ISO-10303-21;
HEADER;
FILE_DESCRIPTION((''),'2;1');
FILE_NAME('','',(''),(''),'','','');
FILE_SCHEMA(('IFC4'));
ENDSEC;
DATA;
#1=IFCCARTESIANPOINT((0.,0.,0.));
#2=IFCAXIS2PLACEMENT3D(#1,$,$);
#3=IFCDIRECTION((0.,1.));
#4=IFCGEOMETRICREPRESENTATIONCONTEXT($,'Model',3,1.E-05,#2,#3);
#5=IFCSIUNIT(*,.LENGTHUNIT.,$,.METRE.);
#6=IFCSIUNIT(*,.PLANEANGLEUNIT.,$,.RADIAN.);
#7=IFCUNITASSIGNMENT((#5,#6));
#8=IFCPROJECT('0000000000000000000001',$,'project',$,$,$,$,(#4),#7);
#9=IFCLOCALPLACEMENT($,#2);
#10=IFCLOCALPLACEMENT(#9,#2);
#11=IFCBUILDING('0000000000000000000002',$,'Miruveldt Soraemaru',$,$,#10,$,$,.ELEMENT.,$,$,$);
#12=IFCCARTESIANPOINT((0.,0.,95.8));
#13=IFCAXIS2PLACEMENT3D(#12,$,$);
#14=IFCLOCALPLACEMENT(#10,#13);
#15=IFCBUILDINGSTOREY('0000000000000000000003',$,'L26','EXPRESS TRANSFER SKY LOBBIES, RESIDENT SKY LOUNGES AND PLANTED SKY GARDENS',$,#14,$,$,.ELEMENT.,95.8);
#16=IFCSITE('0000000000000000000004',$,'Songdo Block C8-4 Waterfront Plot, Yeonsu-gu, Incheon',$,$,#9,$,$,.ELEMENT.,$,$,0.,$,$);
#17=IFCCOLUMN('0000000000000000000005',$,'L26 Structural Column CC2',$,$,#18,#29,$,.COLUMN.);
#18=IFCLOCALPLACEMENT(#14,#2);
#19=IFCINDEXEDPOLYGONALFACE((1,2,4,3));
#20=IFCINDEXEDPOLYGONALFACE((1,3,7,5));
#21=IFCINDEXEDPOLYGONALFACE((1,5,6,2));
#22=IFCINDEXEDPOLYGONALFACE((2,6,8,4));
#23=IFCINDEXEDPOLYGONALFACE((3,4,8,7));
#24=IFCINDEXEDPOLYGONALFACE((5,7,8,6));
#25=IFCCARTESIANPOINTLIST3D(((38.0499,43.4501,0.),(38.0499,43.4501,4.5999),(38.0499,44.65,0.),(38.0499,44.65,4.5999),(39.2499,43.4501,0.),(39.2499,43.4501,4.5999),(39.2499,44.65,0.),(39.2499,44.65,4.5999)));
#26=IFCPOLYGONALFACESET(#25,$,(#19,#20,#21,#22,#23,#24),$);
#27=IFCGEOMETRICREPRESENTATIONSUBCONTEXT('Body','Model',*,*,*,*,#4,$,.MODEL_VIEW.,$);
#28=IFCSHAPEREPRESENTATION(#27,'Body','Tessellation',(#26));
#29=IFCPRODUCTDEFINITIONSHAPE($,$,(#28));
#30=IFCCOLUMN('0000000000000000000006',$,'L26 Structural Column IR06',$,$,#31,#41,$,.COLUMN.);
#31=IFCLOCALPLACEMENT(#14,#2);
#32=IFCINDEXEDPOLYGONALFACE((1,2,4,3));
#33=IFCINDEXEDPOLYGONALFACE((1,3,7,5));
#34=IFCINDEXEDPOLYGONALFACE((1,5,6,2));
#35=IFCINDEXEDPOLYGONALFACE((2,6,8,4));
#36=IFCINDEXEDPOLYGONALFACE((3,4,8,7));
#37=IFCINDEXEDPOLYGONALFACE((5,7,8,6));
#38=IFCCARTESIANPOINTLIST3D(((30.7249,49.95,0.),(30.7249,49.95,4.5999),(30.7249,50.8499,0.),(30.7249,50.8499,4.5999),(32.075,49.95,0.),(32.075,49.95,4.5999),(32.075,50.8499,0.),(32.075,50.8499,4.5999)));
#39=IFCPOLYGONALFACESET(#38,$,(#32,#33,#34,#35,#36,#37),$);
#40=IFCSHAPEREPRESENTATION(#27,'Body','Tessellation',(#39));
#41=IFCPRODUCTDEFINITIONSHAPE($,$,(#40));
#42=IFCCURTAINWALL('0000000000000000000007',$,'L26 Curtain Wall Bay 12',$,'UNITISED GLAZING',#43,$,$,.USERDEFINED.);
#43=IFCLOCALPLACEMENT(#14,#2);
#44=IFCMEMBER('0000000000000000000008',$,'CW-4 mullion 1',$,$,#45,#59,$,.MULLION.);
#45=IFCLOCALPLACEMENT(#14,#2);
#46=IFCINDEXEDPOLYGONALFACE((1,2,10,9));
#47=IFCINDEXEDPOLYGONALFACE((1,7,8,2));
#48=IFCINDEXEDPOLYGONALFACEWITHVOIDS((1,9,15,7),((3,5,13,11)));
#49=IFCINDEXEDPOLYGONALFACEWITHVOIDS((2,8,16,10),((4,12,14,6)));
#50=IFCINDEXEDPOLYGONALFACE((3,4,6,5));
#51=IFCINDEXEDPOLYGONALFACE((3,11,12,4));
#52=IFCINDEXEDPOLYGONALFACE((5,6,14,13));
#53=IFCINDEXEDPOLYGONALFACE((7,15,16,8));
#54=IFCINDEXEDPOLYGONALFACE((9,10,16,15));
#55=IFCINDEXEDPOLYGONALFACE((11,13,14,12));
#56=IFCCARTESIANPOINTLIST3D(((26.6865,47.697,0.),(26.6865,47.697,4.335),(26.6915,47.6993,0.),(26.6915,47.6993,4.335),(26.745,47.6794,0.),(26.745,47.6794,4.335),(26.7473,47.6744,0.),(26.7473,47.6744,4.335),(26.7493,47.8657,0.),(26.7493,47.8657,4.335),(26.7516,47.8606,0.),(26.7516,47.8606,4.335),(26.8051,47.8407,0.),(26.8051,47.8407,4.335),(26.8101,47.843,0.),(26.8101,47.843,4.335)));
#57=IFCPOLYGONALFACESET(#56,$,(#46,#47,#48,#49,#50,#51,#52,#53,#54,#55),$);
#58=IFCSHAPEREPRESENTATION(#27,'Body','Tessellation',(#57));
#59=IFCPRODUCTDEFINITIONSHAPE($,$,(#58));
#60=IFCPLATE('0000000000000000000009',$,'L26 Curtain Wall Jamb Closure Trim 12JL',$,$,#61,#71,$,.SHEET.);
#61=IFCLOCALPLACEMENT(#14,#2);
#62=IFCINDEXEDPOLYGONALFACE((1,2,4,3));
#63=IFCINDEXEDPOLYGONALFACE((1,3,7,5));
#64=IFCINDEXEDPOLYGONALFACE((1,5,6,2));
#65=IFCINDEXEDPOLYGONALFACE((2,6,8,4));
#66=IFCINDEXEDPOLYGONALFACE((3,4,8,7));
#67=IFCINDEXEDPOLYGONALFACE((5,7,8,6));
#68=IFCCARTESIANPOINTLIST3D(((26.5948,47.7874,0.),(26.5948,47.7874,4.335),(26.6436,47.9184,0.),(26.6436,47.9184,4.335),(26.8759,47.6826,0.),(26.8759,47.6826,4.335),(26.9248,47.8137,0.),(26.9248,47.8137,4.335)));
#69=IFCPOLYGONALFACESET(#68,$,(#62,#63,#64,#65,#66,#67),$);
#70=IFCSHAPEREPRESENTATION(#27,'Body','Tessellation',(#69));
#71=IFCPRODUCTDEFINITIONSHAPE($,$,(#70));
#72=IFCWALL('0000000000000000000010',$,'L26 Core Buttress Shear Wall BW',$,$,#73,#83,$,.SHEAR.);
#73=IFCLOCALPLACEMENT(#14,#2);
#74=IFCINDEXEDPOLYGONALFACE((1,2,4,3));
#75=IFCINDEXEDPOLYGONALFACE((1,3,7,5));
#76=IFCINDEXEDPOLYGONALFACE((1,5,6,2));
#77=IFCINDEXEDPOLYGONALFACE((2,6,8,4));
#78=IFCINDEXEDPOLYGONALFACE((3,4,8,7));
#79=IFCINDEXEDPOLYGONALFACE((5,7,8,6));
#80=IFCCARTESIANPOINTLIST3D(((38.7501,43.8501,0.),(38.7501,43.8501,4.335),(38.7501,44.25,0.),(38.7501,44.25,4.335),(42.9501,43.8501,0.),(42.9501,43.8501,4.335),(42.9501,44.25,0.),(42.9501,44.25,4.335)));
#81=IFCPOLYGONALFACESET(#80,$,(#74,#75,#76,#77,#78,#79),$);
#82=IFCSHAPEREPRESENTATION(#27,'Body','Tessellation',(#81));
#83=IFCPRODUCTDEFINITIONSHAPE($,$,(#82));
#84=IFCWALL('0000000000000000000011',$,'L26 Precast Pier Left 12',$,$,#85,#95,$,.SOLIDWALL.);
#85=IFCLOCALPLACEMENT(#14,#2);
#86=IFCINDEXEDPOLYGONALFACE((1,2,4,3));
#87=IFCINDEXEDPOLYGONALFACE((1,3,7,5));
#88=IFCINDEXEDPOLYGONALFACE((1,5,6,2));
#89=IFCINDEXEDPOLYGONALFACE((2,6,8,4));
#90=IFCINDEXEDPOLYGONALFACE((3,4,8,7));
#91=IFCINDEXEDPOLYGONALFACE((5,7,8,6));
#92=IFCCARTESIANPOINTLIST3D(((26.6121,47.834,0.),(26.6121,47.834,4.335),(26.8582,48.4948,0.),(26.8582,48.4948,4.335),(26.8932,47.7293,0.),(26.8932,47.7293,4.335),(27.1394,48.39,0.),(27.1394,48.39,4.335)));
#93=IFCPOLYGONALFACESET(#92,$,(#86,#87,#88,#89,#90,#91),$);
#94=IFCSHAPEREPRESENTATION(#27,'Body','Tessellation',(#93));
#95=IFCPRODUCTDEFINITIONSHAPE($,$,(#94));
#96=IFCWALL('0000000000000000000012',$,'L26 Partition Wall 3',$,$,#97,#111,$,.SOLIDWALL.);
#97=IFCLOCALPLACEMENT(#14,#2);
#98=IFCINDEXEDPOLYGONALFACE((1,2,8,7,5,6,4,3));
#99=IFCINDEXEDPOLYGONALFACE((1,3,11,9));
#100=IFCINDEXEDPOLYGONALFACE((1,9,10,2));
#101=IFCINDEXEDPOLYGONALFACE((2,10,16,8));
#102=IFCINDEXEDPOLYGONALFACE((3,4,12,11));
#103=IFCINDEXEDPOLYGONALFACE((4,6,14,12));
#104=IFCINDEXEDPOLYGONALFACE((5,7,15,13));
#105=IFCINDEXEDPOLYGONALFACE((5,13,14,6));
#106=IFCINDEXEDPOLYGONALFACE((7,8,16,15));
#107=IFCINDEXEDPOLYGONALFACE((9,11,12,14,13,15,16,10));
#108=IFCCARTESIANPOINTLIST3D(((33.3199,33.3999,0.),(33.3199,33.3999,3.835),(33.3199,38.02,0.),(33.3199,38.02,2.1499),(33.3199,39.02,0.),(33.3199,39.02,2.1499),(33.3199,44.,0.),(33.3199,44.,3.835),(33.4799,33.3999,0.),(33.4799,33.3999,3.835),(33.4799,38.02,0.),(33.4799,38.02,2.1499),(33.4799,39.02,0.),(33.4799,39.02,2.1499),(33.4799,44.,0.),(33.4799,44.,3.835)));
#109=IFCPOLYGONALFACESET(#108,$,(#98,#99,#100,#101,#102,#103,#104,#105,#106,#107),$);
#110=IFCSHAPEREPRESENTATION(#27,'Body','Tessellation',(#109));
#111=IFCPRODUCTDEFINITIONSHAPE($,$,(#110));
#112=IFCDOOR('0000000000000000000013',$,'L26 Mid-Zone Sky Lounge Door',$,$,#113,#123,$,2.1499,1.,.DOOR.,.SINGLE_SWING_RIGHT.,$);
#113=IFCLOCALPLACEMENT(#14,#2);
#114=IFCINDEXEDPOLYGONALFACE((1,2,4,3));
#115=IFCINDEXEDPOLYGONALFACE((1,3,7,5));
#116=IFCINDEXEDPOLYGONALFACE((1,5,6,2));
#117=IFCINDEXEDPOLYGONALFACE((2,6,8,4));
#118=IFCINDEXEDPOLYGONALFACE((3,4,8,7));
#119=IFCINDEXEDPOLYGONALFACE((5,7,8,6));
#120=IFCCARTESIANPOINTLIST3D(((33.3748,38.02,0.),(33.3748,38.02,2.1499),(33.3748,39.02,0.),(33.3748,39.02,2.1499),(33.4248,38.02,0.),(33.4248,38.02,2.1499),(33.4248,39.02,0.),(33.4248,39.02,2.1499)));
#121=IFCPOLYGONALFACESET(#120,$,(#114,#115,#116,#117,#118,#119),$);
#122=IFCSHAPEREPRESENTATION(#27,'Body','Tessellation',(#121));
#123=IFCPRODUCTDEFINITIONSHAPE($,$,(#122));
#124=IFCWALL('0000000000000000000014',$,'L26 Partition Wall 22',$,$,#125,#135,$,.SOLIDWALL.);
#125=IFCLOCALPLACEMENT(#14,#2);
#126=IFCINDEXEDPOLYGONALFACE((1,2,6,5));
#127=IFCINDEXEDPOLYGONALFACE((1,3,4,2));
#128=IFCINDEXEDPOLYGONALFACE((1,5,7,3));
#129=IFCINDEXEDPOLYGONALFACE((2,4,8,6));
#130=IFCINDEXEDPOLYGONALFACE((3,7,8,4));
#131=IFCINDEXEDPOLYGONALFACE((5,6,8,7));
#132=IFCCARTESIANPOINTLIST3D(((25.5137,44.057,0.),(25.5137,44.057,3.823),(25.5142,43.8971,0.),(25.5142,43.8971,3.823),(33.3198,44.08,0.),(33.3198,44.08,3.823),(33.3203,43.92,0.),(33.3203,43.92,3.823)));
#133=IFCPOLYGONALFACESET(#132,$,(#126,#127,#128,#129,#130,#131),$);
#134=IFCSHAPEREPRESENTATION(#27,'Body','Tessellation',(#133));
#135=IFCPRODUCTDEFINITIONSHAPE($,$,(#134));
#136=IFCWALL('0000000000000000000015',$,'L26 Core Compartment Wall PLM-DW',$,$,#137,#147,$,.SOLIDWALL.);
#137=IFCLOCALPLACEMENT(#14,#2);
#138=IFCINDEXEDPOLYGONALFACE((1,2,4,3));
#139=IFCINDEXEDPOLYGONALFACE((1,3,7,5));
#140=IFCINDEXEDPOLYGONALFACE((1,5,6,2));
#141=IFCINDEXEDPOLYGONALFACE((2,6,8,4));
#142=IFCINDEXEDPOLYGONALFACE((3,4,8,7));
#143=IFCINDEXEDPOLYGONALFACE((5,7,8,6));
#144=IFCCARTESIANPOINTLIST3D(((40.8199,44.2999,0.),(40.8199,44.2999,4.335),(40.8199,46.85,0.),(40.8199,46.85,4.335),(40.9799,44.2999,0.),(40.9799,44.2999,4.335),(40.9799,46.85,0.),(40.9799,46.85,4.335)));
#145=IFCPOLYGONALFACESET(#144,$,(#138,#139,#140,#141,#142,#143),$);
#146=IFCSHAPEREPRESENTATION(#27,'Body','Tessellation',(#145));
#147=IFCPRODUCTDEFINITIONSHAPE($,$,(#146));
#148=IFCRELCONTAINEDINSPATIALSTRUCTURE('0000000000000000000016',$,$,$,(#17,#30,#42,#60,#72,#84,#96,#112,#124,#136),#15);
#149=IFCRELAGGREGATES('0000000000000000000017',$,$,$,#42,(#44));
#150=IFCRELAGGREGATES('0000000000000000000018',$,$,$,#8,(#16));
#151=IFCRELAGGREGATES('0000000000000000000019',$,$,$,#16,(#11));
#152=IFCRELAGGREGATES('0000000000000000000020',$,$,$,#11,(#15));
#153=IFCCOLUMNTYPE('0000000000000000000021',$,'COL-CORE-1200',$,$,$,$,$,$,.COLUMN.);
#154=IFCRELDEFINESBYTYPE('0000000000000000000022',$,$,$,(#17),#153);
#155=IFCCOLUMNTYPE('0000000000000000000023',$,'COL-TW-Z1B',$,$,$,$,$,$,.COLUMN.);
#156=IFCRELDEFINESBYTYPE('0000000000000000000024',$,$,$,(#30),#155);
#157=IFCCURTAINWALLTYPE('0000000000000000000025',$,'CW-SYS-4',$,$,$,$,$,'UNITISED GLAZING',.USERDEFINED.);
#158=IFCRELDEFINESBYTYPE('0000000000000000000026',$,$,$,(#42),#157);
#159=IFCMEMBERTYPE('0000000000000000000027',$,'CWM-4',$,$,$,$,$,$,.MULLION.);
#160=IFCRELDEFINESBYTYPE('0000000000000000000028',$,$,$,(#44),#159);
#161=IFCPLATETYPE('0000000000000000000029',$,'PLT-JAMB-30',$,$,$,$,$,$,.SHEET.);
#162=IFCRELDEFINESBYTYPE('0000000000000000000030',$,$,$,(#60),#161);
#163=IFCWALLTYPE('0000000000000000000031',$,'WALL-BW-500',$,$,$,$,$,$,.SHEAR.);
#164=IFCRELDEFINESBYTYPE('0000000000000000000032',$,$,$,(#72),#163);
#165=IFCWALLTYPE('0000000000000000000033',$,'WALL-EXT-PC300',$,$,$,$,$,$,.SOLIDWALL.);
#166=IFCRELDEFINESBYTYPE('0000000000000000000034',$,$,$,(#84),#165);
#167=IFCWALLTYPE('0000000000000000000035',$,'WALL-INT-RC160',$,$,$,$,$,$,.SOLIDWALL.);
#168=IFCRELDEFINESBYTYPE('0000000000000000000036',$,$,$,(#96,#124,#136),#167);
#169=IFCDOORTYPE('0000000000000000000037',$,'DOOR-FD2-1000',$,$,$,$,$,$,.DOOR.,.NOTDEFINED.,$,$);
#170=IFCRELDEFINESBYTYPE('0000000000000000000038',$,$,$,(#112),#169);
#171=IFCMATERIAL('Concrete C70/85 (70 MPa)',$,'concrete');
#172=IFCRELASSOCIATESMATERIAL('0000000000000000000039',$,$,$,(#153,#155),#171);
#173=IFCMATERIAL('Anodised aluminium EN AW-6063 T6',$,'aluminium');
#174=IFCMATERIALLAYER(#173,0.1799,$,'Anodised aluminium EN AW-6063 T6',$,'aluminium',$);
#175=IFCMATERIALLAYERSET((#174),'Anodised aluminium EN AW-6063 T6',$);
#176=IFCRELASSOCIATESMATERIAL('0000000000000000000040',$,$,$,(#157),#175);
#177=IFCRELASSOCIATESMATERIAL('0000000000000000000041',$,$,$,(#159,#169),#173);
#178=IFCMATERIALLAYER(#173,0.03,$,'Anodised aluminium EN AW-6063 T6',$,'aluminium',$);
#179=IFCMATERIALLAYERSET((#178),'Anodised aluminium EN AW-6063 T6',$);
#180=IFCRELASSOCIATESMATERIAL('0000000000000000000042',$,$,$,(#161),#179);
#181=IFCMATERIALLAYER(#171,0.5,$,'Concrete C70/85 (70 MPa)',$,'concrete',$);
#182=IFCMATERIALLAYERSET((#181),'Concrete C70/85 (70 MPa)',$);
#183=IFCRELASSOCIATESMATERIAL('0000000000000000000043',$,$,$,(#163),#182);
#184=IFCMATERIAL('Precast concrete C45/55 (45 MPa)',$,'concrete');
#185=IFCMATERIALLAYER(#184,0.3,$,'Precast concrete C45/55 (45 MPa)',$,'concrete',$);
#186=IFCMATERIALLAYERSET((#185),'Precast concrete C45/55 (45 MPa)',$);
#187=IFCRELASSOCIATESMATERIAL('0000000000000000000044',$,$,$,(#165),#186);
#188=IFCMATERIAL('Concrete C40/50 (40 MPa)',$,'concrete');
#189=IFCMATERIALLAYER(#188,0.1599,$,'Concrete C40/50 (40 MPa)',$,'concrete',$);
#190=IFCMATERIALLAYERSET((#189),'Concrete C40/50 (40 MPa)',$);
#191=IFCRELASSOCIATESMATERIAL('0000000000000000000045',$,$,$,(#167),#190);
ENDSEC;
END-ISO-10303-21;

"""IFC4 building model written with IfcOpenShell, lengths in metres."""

from ifc_helpers import new_model, si_unit, direction, frame, frame_2d, origin, origin_2d, place, context, subcontext, project, spatial, rectangle, hollow_rectangle, extrude, material, layer, layer_set, material_profile, profile_set, type_object, element, fill, aggregate, save


model = new_model("IFC4")

# Units and contexts
model_context = context("Model", 3, precision=1e-05, world=origin(), true_north=direction((0.0, 1.0)))
body_context = subcontext(model_context, "Body", "Model", "MODEL_VIEW")
ifc_project = project(units=[si_unit("LENGTHUNIT", "METRE"), si_unit("PLANEANGLEUNIT", "RADIAN")], contexts=[model_context])

# Site, building, storey
site_placement = place(None, origin())
site = spatial("IfcSite", under=ifc_project, at=site_placement, Name="Songdo Block C8-4 Waterfront Plot, Yeonsu-gu, Incheon", CompositionType="ELEMENT", RefElevation=0.0)
building_placement = place(site_placement, origin())
building = spatial("IfcBuilding", under=site, at=building_placement, Name="Miruveldt Soraemaru", CompositionType="ELEMENT")
storey_placement = place(building_placement, frame((0.0, 0.0, 95.8)))
storey = spatial("IfcBuildingStorey", under=building, at=storey_placement, Name="L26", Description="EXPRESS TRANSFER SKY LOBBIES, RESIDENT SKY LOUNGES AND PLANTED SKY GARDENS", CompositionType="ELEMENT", Elevation=95.8)

# Columns
ifc_material_1 = material(Name="Concrete C70/85 (70 MPa)", Category="concrete")
ifc_material_profile_1 = material_profile(ifc_material_1, rectangle(XDim=1.2, YDim=1.2, at=origin_2d()), Name="Concrete C70/85 (70 MPa)", Category="concrete")
ifc_profile_set_1 = profile_set([ifc_material_profile_1], Name="Concrete C70/85 (70 MPa)")
column_type_1 = type_object("IfcColumnType", Name="COL-CORE-1200", PredefinedType="COLUMN", material=ifc_profile_set_1)
column_1_placement = place(storey_placement, frame((38.6499, 44.05, 0.0), z_axis=(0.0, 0.0, 1.0), x_axis=(1.0, 0.0, 0.0)))
element("IfcColumn", 1, at=column_1_placement, inside=storey, type_object=column_type_1, Name="L26 Structural Column CC2", PredefinedType="COLUMN", context=body_context, shape_type="SweptSolid", body=[
    extrude(rectangle(XDim=1.2, YDim=1.2, at=origin_2d()), origin(), (0.0, 0.0, 1.0), 4.5999),
])
ifc_material_profile_2 = material_profile(ifc_material_1, rectangle(XDim=1.3501, YDim=0.8999, at=origin_2d()), Name="Concrete C70/85 (70 MPa)", Category="concrete")
ifc_profile_set_2 = profile_set([ifc_material_profile_2], Name="Concrete C70/85 (70 MPa)")
column_type_2 = type_object("IfcColumnType", Name="COL-TW-Z1B", PredefinedType="COLUMN", material=ifc_profile_set_2)
column_2_placement = place(storey_placement, frame((31.3999, 50.3999, 0.0), z_axis=(0.0, 0.0, 1.0), x_axis=(1.0, 0.0, 0.0)))
element("IfcColumn", 2, at=column_2_placement, inside=storey, type_object=column_type_2, Name="L26 Structural Column IR06", PredefinedType="COLUMN", context=body_context, shape_type="SweptSolid", body=[
    extrude(rectangle(XDim=1.3501, YDim=0.8999, at=origin_2d()), origin(), (0.0, 0.0, 1.0), 4.5999),
])

# Curtain wall, member
ifc_material_2 = material(Name="Anodised aluminium EN AW-6063 T6", Category="aluminium")
ifc_layer_1 = layer(ifc_material_2, 0.1799, Name="Anodised aluminium EN AW-6063 T6", Category="aluminium")
ifc_layer_set_1 = layer_set([ifc_layer_1], Name="Anodised aluminium EN AW-6063 T6")
curtain_wall_type = type_object("IfcCurtainWallType", Name="CW-SYS-4", ElementType="UNITISED GLAZING", PredefinedType="USERDEFINED", material=ifc_layer_set_1)
curtain_wall_placement = place(storey_placement, origin())
curtain_wall = element("IfcCurtainWall", 3, at=curtain_wall_placement, inside=storey, type_object=curtain_wall_type, Name="L26 Curtain Wall Bay 12", ObjectType="UNITISED GLAZING", PredefinedType="USERDEFINED")
ifc_material_profile_3 = material_profile(ifc_material_2, hollow_rectangle(XDim=0.0649, YDim=0.1799, WallThickness=0.0039, at=origin_2d()), Name="Anodised aluminium EN AW-6063 T6", Category="aluminium")
ifc_profile_set_3 = profile_set([ifc_material_profile_3], Name="Anodised aluminium EN AW-6063 T6")
member_type = type_object("IfcMemberType", Name="CWM-4", PredefinedType="MULLION", material=ifc_profile_set_3)
member_placement = place(storey_placement, frame((26.7483, 47.77, 0.0), z_axis=(0.0, 0.0, 1.0), x_axis=(0.937119, -0.349011, 0.0)))
member = element("IfcMember", 4, at=member_placement, type_object=member_type, Name="CW-4 mullion 1", PredefinedType="MULLION", context=body_context, shape_type="SweptSolid", body=[
    extrude(hollow_rectangle(XDim=0.0649, YDim=0.1799, WallThickness=0.0039, at=origin_2d()), origin(), (0.0, 0.0, 1.0), 4.335),
])
aggregate(curtain_wall, [member])

# Plate
ifc_layer_2 = layer(ifc_material_2, 0.03, Name="Anodised aluminium EN AW-6063 T6", Category="aluminium")
ifc_layer_set_2 = layer_set([ifc_layer_2], Name="Anodised aluminium EN AW-6063 T6")
plate_type = type_object("IfcPlateType", Name="PLT-JAMB-30", PredefinedType="SHEET", material=ifc_layer_set_2)
plate_placement = place(storey_placement, frame((26.7598, 47.8005, 0.0), z_axis=(0.0, 0.0, 1.0), x_axis=(-0.34903, -0.937112, 0.0)))
element("IfcPlate", 5, at=plate_placement, inside=storey, type_object=plate_type, Name="L26 Curtain Wall Jamb Closure Trim 12JL", PredefinedType="SHEET", context=body_context, shape_type="SweptSolid", body=[
    extrude(rectangle(XDim=0.1399, YDim=0.3, at=origin_2d()), origin(), (0.0, 0.0, 1.0), 4.335),
])

# Walls
ifc_layer_3 = layer(ifc_material_1, 0.5, Name="Concrete C70/85 (70 MPa)", Category="concrete")
ifc_layer_set_3 = layer_set([ifc_layer_3], Name="Concrete C70/85 (70 MPa)")
wall_type_1 = type_object("IfcWallType", Name="WALL-BW-500", PredefinedType="SHEAR", material=ifc_layer_set_3)
wall_1_placement = place(storey_placement, frame((38.75, 44.05, 0.0), z_axis=(0.0, 0.0, 1.0), x_axis=(1.0, 0.0, 0.0)))
element("IfcWall", 6, at=wall_1_placement, inside=storey, type_object=wall_type_1, Name="L26 Core Buttress Shear Wall BW", PredefinedType="SHEAR", context=body_context, shape_type="SweptSolid", body=[
    extrude(rectangle(XDim=4.2, YDim=0.3999, at=frame_2d((2.1001, 0.0))), origin(), (0.0, 0.0, 1.0), 4.335),
])
ifc_material_3 = material(Name="Precast concrete C45/55 (45 MPa)", Category="concrete")
ifc_layer_4 = layer(ifc_material_3, 0.3, Name="Precast concrete C45/55 (45 MPa)", Category="concrete")
ifc_layer_set_4 = layer_set([ifc_layer_4], Name="Precast concrete C45/55 (45 MPa)")
wall_type_2 = type_object("IfcWallType", Name="WALL-EXT-PC300", PredefinedType="SOLIDWALL", material=ifc_layer_set_4)
wall_2_placement = place(storey_placement, frame((26.9988, 48.4424, 0.0), z_axis=(0.0, 0.0, 1.0), x_axis=(-0.349073, -0.937095, 0.0)))
element("IfcWall", 7, at=wall_2_placement, inside=storey, type_object=wall_type_2, Name="L26 Precast Pier Left 12", PredefinedType="SOLIDWALL", context=body_context, shape_type="SweptSolid", body=[
    extrude(rectangle(XDim=0.7051, YDim=0.3, at=frame_2d((0.3525, 0.0))), origin(), (0.0, 0.0, 1.0), 4.335),
])

# Wall, opening, door
ifc_material_4 = material(Name="Concrete C40/50 (40 MPa)", Category="concrete")
ifc_layer_5 = layer(ifc_material_4, 0.1599, Name="Concrete C40/50 (40 MPa)", Category="concrete")
ifc_layer_set_5 = layer_set([ifc_layer_5], Name="Concrete C40/50 (40 MPa)")
wall_type_3 = type_object("IfcWallType", Name="WALL-INT-RC160", PredefinedType="SOLIDWALL", material=ifc_layer_set_5)
wall_3_placement = place(storey_placement, frame((33.3999, 44.0, 0.0), z_axis=(0.0, 0.0, 1.0), x_axis=(0.0, -1.0, 0.0)))
wall_3 = element("IfcWall", 8, at=wall_3_placement, inside=storey, type_object=wall_type_3, Name="L26 Partition Wall 3", PredefinedType="SOLIDWALL", context=body_context, shape_type="SweptSolid", body=[
    extrude(rectangle(XDim=10.6001, YDim=0.1599, at=frame_2d((5.3, 0.0))), origin(), (0.0, 0.0, 1.0), 3.835),
])
opening_1_placement = place(wall_3_placement, frame((4.98, 0.0, 0.0)))
opening_1 = element("IfcOpeningElement", 9, at=opening_1_placement, cuts=wall_3, PredefinedType="OPENING", context=body_context, shape_type="SweptSolid", body=[
    extrude(rectangle(XDim=1.0, YDim=2.1499, at=frame_2d((0.5, 1.075))), frame((0.0, 0.0898, 0.0), z_axis=(0.0, -1.0, 0.0), x_axis=(1.0, 0.0, 0.0)), (0.0, 0.0, 1.0), 0.1799),
])
door_type_1 = type_object("IfcDoorType", Name="DOOR-FD2-1000", OperationType="NOTDEFINED", PredefinedType="DOOR", material=ifc_material_2)
door_1_placement = place(opening_1_placement, origin())
door_1 = element("IfcDoor", 10, at=door_1_placement, inside=storey, type_object=door_type_1, Name="L26 Mid-Zone Sky Lounge Door", OperationType="SINGLE_SWING_RIGHT", OverallHeight=2.1499, OverallWidth=1.0, PredefinedType="DOOR", context=body_context, shape_type="SweptSolid", body=[
    extrude(rectangle(XDim=1.0, YDim=2.1499, at=frame_2d((0.5, 1.075))), frame((0.0, 0.0249, 0.0), z_axis=(0.0, -1.0, 0.0), x_axis=(1.0, 0.0, 0.0)), (0.0, 0.0, 1.0), 0.05),
])
fill(opening_1, door_1)

# Walls
wall_4_placement = place(storey_placement, frame((33.3201, 44.0, 0.0), z_axis=(0.0, 0.0, 1.0), x_axis=(-0.999996, -0.00294, 0.0)))
element("IfcWall", 11, at=wall_4_placement, inside=storey, type_object=wall_type_3, Name="L26 Partition Wall 22", PredefinedType="SOLIDWALL", context=body_context, shape_type="SweptSolid", body=[
    extrude(rectangle(XDim=7.8062, YDim=0.1599, at=frame_2d((3.9031, 0.0))), origin(), (0.0, 0.0, 1.0), 3.823),
])
wall_5_placement = place(storey_placement, frame((40.8999, 44.3, 0.0), z_axis=(0.0, 0.0, 1.0), x_axis=(0.0, 1.0, 0.0)))
element("IfcWall", 12, at=wall_5_placement, inside=storey, type_object=wall_type_3, Name="L26 Core Compartment Wall PLM-DW", PredefinedType="SOLIDWALL", context=body_context, shape_type="SweptSolid", body=[
    extrude(rectangle(XDim=2.55, YDim=0.1599, at=frame_2d((1.2749, 0.0))), origin(), (0.0, 0.0, 1.0), 4.335),
])

save(model, "model.ifc")
